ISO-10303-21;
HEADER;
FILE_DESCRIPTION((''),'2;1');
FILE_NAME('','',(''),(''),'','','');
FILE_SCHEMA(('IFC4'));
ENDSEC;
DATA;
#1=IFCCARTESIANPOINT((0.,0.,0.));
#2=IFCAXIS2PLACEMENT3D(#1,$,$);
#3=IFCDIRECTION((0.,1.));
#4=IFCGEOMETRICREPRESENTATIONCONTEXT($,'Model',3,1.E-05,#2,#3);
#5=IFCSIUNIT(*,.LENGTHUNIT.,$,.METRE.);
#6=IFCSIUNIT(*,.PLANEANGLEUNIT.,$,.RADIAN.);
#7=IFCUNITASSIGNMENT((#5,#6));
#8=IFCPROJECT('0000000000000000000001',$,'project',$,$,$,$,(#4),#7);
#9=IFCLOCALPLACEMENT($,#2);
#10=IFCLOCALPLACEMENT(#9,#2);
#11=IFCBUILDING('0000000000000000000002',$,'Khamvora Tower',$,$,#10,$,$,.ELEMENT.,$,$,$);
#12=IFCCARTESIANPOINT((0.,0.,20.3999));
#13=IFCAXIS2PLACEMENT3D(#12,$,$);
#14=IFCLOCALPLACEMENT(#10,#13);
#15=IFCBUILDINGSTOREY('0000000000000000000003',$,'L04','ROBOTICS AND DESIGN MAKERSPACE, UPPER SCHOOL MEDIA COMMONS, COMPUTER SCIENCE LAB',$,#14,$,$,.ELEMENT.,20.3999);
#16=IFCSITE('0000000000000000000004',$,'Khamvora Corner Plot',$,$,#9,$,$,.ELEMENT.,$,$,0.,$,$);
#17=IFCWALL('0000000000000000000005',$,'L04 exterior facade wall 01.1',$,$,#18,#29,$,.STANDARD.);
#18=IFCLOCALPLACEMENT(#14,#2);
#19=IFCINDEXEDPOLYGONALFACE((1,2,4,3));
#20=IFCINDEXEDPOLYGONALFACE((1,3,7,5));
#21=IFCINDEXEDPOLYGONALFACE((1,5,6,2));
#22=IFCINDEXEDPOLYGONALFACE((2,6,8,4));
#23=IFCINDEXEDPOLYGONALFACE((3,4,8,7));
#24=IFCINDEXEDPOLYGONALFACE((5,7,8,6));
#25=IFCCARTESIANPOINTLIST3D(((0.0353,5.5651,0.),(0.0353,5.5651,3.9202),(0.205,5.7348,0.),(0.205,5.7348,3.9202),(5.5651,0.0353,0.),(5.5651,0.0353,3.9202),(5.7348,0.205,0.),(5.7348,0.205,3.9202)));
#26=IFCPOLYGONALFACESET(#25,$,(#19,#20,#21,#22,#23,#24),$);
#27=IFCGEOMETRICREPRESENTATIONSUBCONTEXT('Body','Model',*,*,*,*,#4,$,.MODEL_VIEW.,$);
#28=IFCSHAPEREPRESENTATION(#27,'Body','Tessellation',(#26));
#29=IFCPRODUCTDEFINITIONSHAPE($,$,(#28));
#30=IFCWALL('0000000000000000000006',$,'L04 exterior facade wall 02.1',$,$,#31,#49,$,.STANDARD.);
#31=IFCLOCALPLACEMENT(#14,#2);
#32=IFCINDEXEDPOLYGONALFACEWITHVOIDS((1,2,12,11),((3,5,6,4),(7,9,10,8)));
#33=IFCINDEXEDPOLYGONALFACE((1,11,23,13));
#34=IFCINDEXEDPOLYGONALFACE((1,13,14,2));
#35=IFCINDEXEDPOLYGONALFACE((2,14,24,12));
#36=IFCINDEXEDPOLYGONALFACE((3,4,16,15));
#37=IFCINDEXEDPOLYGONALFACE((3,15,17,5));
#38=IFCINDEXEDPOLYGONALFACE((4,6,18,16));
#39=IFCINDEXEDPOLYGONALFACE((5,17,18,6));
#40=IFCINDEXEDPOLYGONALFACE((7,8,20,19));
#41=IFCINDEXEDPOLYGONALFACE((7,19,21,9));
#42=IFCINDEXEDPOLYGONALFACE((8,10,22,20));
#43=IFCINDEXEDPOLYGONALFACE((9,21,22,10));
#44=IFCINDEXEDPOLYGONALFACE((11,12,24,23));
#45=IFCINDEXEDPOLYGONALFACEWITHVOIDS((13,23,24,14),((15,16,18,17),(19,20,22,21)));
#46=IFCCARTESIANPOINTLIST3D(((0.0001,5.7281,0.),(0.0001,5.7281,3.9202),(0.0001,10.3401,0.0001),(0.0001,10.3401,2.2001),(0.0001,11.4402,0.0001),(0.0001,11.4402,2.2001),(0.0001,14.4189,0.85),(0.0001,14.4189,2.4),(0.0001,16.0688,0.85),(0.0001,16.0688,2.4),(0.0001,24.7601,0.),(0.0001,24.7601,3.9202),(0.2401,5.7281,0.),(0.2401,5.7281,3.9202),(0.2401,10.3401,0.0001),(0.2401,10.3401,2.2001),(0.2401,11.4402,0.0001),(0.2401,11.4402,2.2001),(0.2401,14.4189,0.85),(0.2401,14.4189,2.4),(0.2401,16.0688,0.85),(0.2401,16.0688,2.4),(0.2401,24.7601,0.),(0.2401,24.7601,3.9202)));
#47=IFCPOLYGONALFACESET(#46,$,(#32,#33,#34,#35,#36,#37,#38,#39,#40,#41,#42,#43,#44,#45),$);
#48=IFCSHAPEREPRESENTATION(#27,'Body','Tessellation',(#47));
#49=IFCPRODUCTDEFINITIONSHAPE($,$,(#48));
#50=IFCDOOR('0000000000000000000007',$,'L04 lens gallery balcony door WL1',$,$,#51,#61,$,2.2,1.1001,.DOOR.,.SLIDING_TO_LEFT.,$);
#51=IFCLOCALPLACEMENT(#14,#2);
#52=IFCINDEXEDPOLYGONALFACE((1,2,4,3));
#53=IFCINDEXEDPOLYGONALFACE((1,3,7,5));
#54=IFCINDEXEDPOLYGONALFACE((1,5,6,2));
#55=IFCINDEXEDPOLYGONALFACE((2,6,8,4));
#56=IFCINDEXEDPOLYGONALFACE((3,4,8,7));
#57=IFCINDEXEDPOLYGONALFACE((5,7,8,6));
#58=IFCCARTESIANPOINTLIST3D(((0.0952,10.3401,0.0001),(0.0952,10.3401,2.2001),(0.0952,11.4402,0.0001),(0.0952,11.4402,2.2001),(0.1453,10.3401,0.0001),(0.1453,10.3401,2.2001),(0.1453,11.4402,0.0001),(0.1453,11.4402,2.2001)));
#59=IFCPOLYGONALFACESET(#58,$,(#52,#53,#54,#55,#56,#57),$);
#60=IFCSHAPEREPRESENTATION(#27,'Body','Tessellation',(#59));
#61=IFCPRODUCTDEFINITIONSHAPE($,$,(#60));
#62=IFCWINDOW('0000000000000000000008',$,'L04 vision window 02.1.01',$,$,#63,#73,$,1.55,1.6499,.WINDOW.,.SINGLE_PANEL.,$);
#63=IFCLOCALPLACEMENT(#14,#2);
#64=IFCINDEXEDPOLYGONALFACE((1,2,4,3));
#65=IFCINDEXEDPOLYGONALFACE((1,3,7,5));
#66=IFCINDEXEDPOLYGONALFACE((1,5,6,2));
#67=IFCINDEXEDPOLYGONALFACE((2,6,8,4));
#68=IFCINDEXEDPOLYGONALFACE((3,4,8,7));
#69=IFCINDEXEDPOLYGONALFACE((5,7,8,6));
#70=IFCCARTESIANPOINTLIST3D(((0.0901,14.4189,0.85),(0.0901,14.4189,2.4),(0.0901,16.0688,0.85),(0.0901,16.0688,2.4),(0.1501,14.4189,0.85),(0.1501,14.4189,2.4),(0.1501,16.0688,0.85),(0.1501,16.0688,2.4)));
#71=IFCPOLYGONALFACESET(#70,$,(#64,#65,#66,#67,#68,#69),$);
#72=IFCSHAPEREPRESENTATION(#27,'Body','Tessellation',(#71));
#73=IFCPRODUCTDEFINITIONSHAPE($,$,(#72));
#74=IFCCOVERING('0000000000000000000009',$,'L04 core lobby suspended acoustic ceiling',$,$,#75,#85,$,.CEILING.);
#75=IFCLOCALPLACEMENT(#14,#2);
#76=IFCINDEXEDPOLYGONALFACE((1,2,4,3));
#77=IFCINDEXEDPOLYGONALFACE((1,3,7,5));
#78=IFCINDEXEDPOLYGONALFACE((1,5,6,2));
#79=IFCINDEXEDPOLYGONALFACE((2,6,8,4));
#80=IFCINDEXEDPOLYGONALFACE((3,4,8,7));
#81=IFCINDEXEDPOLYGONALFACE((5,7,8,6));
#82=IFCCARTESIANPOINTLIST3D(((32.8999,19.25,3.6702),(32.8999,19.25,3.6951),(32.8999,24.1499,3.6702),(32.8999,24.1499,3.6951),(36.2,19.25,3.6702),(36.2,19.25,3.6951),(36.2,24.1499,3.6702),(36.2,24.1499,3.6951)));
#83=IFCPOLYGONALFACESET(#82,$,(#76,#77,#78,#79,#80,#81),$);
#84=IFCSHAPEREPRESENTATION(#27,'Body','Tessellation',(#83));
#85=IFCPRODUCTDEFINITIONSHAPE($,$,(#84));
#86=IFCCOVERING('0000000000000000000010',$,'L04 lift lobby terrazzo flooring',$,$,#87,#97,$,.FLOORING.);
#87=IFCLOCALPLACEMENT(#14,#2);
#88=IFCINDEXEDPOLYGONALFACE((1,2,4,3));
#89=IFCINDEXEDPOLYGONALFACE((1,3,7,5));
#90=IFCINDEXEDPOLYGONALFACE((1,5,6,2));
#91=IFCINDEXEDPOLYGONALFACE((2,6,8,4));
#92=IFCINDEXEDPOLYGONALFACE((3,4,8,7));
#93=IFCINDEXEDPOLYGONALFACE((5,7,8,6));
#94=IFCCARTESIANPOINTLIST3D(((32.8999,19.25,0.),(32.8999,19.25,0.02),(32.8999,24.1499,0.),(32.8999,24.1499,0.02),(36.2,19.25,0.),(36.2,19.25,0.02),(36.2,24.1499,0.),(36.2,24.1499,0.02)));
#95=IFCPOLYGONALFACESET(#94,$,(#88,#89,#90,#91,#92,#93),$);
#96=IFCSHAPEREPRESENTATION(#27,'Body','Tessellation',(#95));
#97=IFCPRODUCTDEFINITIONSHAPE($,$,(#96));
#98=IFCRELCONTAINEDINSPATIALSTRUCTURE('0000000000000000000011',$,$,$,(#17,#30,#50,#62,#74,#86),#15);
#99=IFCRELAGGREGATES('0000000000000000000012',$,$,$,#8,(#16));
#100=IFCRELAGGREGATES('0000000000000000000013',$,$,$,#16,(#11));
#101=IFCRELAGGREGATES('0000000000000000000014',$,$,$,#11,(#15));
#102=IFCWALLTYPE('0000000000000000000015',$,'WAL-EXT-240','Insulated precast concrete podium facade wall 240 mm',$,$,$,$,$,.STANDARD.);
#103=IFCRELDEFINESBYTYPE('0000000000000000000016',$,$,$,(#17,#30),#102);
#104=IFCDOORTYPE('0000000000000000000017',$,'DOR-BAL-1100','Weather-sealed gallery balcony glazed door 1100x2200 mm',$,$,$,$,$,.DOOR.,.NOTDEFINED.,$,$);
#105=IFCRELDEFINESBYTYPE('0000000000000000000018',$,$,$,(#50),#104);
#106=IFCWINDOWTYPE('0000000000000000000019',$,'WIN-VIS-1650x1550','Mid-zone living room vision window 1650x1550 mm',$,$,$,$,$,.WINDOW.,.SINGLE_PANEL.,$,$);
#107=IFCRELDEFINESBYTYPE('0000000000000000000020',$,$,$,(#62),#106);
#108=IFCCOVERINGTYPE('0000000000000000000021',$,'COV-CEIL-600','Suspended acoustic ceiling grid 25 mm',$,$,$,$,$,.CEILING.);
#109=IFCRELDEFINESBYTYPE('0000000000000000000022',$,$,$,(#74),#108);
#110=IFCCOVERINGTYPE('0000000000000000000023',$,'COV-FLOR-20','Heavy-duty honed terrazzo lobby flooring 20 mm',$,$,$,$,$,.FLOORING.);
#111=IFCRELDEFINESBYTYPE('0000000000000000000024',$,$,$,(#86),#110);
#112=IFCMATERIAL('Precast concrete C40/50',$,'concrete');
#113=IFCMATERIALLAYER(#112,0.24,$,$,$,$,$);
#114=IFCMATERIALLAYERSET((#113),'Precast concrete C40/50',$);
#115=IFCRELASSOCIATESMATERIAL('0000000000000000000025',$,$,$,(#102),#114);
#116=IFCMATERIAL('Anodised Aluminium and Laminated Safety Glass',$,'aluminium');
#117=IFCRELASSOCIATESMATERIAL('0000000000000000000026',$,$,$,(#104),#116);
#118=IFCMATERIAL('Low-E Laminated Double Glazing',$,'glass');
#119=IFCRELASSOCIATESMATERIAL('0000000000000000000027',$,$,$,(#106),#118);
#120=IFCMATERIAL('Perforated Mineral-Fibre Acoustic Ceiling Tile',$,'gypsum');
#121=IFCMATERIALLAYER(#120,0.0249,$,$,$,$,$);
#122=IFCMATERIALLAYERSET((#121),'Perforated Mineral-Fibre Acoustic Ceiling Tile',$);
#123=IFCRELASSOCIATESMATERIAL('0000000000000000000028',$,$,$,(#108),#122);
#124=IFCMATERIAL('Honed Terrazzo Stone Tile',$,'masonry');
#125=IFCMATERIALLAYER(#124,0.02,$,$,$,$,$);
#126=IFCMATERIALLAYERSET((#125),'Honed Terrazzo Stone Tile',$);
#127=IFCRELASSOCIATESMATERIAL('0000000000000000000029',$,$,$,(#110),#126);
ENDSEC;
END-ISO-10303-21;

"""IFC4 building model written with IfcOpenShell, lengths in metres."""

from ifc_helpers import new_model, si_unit, direction, frame, frame_2d, origin, place, context, subcontext, project, spatial, polyline, rectangle, outline, extrude, material, layer, layer_set, type_object, element, fill, save


model = new_model("IFC4")

# Units and contexts
model_context = context("Model", 3, precision=1e-05, world=origin(), true_north=direction((0.0, 1.0)))
body_context = subcontext(model_context, "Body", "Model", "MODEL_VIEW")
ifc_project = project(units=[si_unit("LENGTHUNIT", "METRE"), si_unit("PLANEANGLEUNIT", "RADIAN")], contexts=[model_context])

# Site, building, storey
site_placement = place(None, origin())
site = spatial("IfcSite", under=ifc_project, at=site_placement, Name="Khamvora Corner Plot", CompositionType="ELEMENT", RefElevation=0.0)
building_placement = place(site_placement, origin())
building = spatial("IfcBuilding", under=site, at=building_placement, Name="Khamvora Tower", CompositionType="ELEMENT")
storey_placement = place(building_placement, frame((0.0, 0.0, 20.3999)))
storey = spatial("IfcBuildingStorey", under=building, at=storey_placement, Name="L04", Description="ROBOTICS AND DESIGN MAKERSPACE, UPPER SCHOOL MEDIA COMMONS, COMPUTER SCIENCE LAB", CompositionType="ELEMENT", Elevation=20.3999)

# Wall
ifc_material_1 = material(Name="Precast concrete C40/50", Category="concrete")
ifc_layer_1 = layer(ifc_material_1, 0.24)
ifc_layer_set_1 = layer_set([ifc_layer_1], Name="Precast concrete C40/50")
wall_type = type_object("IfcWallType", Name="WAL-EXT-240", Description="Insulated precast concrete podium facade wall 240 mm", PredefinedType="STANDARD", material=ifc_layer_set_1)
wall_1_placement = place(storey_placement, frame((5.6499, 0.1201, 0.0), z_axis=(0.0, 0.0, 1.0), x_axis=(-0.707107, 0.707107, 0.0)))
element("IfcWall", 1, at=wall_1_placement, inside=storey, type_object=wall_type, Name="L04 exterior facade wall 01.1", PredefinedType="STANDARD", context=body_context, shape_type="SweptSolid", body=[
    extrude(rectangle(XDim=7.8203, YDim=0.24, at=frame_2d((3.9102, 0.0))), origin(), (0.0, 0.0, 1.0), 3.9202),
])

# Wall, openings, door, window
wall_2_placement = place(storey_placement, frame((0.1201, 5.728, 0.0), z_axis=(0.0, 0.0, 1.0), x_axis=(0.0, 1.0, 0.0)))
wall_2 = element("IfcWall", 2, at=wall_2_placement, inside=storey, type_object=wall_type, Name="L04 exterior facade wall 02.1", PredefinedType="STANDARD", context=body_context, shape_type="SweptSolid", body=[
    extrude(rectangle(XDim=19.032, YDim=0.24, at=frame_2d((9.5161, 0.0))), origin(), (0.0, 0.0, 1.0), 3.9202),
])
opening_1_placement = place(wall_2_placement, frame((4.6121, 0.0, 0.0)))
opening_1 = element("IfcOpeningElement", 3, at=opening_1_placement, cuts=wall_2, PredefinedType="OPENING", context=body_context, shape_type="SweptSolid", body=[
    extrude(rectangle(XDim=1.1001, YDim=2.2, at=frame_2d((0.55, 1.1001))), frame((0.0, 0.1299, 0.0), z_axis=(0.0, -1.0, 0.0), x_axis=(1.0, 0.0, 0.0)), (0.0, 0.0, 1.0), 0.26),
])
opening_2_placement = place(wall_2_placement, frame((8.6909, 0.0, 0.8501)))
opening_2 = element("IfcOpeningElement", 4, at=opening_2_placement, cuts=wall_2, PredefinedType="OPENING", context=body_context, shape_type="SweptSolid", body=[
    extrude(rectangle(XDim=1.6499, YDim=1.55, at=frame_2d((0.825, 0.7749))), frame((0.0, 0.1299, 0.0), z_axis=(0.0, -1.0, 0.0), x_axis=(1.0, 0.0, 0.0)), (0.0, 0.0, 1.0), 0.26),
])
ifc_material_2 = material(Name="Anodised Aluminium and Laminated Safety Glass", Category="aluminium")
door_type = type_object("IfcDoorType", Name="DOR-BAL-1100", Description="Weather-sealed gallery balcony glazed door 1100x2200 mm", OperationType="NOTDEFINED", PredefinedType="DOOR", material=ifc_material_2)
door_placement = place(opening_1_placement, origin())
door = element("IfcDoor", 5, at=door_placement, inside=storey, type_object=door_type, Name="L04 lens gallery balcony door WL1", OperationType="SLIDING_TO_LEFT", OverallHeight=2.2, OverallWidth=1.1001, PredefinedType="DOOR", context=body_context, shape_type="SweptSolid", body=[
    extrude(rectangle(XDim=1.1001, YDim=2.2, at=frame_2d((0.55, 1.1001))), frame((0.0, 0.0249, 0.0), z_axis=(0.0, -1.0, 0.0), x_axis=(1.0, 0.0, 0.0)), (0.0, 0.0, 1.0), 0.05),
])
fill(opening_1, door)
ifc_material_3 = material(Name="Low-E Laminated Double Glazing", Category="glass")
window_type = type_object("IfcWindowType", Name="WIN-VIS-1650x1550", Description="Mid-zone living room vision window 1650x1550 mm", PartitioningType="SINGLE_PANEL", PredefinedType="WINDOW", material=ifc_material_3)
window_placement = place(opening_2_placement, origin())
window = element("IfcWindow", 6, at=window_placement, inside=storey, type_object=window_type, Name="L04 vision window 02.1.01", OverallHeight=1.55, OverallWidth=1.6499, PartitioningType="SINGLE_PANEL", PredefinedType="WINDOW", context=body_context, shape_type="SweptSolid", body=[
    extrude(rectangle(XDim=1.6499, YDim=1.55, at=frame_2d((0.825, 0.7749))), frame((0.0, 0.03, 0.0), z_axis=(0.0, -1.0, 0.0), x_axis=(1.0, 0.0, 0.0)), (0.0, 0.0, 1.0), 0.0601),
])
fill(opening_2, window)

# Coverings
ifc_material_4 = material(Name="Perforated Mineral-Fibre Acoustic Ceiling Tile", Category="gypsum")
ifc_layer_2 = layer(ifc_material_4, 0.0249)
ifc_layer_set_2 = layer_set([ifc_layer_2], Name="Perforated Mineral-Fibre Acoustic Ceiling Tile")
covering_type_1 = type_object("IfcCoveringType", Name="COV-CEIL-600", Description="Suspended acoustic ceiling grid 25 mm", PredefinedType="CEILING", material=ifc_layer_set_2)
covering_1_placement = place(storey_placement, frame((0.0, 0.0, 3.6702)))
element("IfcCovering", 7, at=covering_1_placement, inside=storey, type_object=covering_type_1, Name="L04 core lobby suspended acoustic ceiling", PredefinedType="CEILING", context=body_context, shape_type="SweptSolid", body=[
    extrude(outline(polyline([(32.8999, 19.25), (36.2, 19.25), (36.2, 24.1499), (32.8999, 24.1499), (32.8999, 19.25)])), origin(), (0.0, 0.0, 1.0), 0.0249),
])
ifc_material_5 = material(Name="Honed Terrazzo Stone Tile", Category="masonry")
ifc_layer_3 = layer(ifc_material_5, 0.02)
ifc_layer_set_3 = layer_set([ifc_layer_3], Name="Honed Terrazzo Stone Tile")
covering_type_2 = type_object("IfcCoveringType", Name="COV-FLOR-20", Description="Heavy-duty honed terrazzo lobby flooring 20 mm", PredefinedType="FLOORING", material=ifc_layer_set_3)
covering_2_placement = place(storey_placement, origin())
element("IfcCovering", 8, at=covering_2_placement, inside=storey, type_object=covering_type_2, Name="L04 lift lobby terrazzo flooring", PredefinedType="FLOORING", context=body_context, shape_type="SweptSolid", body=[
    extrude(outline(polyline([(32.8999, 19.25), (36.2, 19.25), (36.2, 24.1499), (32.8999, 24.1499), (32.8999, 19.25)])), origin(), (0.0, 0.0, 1.0), 0.02),
])

save(model, "model.ifc")
